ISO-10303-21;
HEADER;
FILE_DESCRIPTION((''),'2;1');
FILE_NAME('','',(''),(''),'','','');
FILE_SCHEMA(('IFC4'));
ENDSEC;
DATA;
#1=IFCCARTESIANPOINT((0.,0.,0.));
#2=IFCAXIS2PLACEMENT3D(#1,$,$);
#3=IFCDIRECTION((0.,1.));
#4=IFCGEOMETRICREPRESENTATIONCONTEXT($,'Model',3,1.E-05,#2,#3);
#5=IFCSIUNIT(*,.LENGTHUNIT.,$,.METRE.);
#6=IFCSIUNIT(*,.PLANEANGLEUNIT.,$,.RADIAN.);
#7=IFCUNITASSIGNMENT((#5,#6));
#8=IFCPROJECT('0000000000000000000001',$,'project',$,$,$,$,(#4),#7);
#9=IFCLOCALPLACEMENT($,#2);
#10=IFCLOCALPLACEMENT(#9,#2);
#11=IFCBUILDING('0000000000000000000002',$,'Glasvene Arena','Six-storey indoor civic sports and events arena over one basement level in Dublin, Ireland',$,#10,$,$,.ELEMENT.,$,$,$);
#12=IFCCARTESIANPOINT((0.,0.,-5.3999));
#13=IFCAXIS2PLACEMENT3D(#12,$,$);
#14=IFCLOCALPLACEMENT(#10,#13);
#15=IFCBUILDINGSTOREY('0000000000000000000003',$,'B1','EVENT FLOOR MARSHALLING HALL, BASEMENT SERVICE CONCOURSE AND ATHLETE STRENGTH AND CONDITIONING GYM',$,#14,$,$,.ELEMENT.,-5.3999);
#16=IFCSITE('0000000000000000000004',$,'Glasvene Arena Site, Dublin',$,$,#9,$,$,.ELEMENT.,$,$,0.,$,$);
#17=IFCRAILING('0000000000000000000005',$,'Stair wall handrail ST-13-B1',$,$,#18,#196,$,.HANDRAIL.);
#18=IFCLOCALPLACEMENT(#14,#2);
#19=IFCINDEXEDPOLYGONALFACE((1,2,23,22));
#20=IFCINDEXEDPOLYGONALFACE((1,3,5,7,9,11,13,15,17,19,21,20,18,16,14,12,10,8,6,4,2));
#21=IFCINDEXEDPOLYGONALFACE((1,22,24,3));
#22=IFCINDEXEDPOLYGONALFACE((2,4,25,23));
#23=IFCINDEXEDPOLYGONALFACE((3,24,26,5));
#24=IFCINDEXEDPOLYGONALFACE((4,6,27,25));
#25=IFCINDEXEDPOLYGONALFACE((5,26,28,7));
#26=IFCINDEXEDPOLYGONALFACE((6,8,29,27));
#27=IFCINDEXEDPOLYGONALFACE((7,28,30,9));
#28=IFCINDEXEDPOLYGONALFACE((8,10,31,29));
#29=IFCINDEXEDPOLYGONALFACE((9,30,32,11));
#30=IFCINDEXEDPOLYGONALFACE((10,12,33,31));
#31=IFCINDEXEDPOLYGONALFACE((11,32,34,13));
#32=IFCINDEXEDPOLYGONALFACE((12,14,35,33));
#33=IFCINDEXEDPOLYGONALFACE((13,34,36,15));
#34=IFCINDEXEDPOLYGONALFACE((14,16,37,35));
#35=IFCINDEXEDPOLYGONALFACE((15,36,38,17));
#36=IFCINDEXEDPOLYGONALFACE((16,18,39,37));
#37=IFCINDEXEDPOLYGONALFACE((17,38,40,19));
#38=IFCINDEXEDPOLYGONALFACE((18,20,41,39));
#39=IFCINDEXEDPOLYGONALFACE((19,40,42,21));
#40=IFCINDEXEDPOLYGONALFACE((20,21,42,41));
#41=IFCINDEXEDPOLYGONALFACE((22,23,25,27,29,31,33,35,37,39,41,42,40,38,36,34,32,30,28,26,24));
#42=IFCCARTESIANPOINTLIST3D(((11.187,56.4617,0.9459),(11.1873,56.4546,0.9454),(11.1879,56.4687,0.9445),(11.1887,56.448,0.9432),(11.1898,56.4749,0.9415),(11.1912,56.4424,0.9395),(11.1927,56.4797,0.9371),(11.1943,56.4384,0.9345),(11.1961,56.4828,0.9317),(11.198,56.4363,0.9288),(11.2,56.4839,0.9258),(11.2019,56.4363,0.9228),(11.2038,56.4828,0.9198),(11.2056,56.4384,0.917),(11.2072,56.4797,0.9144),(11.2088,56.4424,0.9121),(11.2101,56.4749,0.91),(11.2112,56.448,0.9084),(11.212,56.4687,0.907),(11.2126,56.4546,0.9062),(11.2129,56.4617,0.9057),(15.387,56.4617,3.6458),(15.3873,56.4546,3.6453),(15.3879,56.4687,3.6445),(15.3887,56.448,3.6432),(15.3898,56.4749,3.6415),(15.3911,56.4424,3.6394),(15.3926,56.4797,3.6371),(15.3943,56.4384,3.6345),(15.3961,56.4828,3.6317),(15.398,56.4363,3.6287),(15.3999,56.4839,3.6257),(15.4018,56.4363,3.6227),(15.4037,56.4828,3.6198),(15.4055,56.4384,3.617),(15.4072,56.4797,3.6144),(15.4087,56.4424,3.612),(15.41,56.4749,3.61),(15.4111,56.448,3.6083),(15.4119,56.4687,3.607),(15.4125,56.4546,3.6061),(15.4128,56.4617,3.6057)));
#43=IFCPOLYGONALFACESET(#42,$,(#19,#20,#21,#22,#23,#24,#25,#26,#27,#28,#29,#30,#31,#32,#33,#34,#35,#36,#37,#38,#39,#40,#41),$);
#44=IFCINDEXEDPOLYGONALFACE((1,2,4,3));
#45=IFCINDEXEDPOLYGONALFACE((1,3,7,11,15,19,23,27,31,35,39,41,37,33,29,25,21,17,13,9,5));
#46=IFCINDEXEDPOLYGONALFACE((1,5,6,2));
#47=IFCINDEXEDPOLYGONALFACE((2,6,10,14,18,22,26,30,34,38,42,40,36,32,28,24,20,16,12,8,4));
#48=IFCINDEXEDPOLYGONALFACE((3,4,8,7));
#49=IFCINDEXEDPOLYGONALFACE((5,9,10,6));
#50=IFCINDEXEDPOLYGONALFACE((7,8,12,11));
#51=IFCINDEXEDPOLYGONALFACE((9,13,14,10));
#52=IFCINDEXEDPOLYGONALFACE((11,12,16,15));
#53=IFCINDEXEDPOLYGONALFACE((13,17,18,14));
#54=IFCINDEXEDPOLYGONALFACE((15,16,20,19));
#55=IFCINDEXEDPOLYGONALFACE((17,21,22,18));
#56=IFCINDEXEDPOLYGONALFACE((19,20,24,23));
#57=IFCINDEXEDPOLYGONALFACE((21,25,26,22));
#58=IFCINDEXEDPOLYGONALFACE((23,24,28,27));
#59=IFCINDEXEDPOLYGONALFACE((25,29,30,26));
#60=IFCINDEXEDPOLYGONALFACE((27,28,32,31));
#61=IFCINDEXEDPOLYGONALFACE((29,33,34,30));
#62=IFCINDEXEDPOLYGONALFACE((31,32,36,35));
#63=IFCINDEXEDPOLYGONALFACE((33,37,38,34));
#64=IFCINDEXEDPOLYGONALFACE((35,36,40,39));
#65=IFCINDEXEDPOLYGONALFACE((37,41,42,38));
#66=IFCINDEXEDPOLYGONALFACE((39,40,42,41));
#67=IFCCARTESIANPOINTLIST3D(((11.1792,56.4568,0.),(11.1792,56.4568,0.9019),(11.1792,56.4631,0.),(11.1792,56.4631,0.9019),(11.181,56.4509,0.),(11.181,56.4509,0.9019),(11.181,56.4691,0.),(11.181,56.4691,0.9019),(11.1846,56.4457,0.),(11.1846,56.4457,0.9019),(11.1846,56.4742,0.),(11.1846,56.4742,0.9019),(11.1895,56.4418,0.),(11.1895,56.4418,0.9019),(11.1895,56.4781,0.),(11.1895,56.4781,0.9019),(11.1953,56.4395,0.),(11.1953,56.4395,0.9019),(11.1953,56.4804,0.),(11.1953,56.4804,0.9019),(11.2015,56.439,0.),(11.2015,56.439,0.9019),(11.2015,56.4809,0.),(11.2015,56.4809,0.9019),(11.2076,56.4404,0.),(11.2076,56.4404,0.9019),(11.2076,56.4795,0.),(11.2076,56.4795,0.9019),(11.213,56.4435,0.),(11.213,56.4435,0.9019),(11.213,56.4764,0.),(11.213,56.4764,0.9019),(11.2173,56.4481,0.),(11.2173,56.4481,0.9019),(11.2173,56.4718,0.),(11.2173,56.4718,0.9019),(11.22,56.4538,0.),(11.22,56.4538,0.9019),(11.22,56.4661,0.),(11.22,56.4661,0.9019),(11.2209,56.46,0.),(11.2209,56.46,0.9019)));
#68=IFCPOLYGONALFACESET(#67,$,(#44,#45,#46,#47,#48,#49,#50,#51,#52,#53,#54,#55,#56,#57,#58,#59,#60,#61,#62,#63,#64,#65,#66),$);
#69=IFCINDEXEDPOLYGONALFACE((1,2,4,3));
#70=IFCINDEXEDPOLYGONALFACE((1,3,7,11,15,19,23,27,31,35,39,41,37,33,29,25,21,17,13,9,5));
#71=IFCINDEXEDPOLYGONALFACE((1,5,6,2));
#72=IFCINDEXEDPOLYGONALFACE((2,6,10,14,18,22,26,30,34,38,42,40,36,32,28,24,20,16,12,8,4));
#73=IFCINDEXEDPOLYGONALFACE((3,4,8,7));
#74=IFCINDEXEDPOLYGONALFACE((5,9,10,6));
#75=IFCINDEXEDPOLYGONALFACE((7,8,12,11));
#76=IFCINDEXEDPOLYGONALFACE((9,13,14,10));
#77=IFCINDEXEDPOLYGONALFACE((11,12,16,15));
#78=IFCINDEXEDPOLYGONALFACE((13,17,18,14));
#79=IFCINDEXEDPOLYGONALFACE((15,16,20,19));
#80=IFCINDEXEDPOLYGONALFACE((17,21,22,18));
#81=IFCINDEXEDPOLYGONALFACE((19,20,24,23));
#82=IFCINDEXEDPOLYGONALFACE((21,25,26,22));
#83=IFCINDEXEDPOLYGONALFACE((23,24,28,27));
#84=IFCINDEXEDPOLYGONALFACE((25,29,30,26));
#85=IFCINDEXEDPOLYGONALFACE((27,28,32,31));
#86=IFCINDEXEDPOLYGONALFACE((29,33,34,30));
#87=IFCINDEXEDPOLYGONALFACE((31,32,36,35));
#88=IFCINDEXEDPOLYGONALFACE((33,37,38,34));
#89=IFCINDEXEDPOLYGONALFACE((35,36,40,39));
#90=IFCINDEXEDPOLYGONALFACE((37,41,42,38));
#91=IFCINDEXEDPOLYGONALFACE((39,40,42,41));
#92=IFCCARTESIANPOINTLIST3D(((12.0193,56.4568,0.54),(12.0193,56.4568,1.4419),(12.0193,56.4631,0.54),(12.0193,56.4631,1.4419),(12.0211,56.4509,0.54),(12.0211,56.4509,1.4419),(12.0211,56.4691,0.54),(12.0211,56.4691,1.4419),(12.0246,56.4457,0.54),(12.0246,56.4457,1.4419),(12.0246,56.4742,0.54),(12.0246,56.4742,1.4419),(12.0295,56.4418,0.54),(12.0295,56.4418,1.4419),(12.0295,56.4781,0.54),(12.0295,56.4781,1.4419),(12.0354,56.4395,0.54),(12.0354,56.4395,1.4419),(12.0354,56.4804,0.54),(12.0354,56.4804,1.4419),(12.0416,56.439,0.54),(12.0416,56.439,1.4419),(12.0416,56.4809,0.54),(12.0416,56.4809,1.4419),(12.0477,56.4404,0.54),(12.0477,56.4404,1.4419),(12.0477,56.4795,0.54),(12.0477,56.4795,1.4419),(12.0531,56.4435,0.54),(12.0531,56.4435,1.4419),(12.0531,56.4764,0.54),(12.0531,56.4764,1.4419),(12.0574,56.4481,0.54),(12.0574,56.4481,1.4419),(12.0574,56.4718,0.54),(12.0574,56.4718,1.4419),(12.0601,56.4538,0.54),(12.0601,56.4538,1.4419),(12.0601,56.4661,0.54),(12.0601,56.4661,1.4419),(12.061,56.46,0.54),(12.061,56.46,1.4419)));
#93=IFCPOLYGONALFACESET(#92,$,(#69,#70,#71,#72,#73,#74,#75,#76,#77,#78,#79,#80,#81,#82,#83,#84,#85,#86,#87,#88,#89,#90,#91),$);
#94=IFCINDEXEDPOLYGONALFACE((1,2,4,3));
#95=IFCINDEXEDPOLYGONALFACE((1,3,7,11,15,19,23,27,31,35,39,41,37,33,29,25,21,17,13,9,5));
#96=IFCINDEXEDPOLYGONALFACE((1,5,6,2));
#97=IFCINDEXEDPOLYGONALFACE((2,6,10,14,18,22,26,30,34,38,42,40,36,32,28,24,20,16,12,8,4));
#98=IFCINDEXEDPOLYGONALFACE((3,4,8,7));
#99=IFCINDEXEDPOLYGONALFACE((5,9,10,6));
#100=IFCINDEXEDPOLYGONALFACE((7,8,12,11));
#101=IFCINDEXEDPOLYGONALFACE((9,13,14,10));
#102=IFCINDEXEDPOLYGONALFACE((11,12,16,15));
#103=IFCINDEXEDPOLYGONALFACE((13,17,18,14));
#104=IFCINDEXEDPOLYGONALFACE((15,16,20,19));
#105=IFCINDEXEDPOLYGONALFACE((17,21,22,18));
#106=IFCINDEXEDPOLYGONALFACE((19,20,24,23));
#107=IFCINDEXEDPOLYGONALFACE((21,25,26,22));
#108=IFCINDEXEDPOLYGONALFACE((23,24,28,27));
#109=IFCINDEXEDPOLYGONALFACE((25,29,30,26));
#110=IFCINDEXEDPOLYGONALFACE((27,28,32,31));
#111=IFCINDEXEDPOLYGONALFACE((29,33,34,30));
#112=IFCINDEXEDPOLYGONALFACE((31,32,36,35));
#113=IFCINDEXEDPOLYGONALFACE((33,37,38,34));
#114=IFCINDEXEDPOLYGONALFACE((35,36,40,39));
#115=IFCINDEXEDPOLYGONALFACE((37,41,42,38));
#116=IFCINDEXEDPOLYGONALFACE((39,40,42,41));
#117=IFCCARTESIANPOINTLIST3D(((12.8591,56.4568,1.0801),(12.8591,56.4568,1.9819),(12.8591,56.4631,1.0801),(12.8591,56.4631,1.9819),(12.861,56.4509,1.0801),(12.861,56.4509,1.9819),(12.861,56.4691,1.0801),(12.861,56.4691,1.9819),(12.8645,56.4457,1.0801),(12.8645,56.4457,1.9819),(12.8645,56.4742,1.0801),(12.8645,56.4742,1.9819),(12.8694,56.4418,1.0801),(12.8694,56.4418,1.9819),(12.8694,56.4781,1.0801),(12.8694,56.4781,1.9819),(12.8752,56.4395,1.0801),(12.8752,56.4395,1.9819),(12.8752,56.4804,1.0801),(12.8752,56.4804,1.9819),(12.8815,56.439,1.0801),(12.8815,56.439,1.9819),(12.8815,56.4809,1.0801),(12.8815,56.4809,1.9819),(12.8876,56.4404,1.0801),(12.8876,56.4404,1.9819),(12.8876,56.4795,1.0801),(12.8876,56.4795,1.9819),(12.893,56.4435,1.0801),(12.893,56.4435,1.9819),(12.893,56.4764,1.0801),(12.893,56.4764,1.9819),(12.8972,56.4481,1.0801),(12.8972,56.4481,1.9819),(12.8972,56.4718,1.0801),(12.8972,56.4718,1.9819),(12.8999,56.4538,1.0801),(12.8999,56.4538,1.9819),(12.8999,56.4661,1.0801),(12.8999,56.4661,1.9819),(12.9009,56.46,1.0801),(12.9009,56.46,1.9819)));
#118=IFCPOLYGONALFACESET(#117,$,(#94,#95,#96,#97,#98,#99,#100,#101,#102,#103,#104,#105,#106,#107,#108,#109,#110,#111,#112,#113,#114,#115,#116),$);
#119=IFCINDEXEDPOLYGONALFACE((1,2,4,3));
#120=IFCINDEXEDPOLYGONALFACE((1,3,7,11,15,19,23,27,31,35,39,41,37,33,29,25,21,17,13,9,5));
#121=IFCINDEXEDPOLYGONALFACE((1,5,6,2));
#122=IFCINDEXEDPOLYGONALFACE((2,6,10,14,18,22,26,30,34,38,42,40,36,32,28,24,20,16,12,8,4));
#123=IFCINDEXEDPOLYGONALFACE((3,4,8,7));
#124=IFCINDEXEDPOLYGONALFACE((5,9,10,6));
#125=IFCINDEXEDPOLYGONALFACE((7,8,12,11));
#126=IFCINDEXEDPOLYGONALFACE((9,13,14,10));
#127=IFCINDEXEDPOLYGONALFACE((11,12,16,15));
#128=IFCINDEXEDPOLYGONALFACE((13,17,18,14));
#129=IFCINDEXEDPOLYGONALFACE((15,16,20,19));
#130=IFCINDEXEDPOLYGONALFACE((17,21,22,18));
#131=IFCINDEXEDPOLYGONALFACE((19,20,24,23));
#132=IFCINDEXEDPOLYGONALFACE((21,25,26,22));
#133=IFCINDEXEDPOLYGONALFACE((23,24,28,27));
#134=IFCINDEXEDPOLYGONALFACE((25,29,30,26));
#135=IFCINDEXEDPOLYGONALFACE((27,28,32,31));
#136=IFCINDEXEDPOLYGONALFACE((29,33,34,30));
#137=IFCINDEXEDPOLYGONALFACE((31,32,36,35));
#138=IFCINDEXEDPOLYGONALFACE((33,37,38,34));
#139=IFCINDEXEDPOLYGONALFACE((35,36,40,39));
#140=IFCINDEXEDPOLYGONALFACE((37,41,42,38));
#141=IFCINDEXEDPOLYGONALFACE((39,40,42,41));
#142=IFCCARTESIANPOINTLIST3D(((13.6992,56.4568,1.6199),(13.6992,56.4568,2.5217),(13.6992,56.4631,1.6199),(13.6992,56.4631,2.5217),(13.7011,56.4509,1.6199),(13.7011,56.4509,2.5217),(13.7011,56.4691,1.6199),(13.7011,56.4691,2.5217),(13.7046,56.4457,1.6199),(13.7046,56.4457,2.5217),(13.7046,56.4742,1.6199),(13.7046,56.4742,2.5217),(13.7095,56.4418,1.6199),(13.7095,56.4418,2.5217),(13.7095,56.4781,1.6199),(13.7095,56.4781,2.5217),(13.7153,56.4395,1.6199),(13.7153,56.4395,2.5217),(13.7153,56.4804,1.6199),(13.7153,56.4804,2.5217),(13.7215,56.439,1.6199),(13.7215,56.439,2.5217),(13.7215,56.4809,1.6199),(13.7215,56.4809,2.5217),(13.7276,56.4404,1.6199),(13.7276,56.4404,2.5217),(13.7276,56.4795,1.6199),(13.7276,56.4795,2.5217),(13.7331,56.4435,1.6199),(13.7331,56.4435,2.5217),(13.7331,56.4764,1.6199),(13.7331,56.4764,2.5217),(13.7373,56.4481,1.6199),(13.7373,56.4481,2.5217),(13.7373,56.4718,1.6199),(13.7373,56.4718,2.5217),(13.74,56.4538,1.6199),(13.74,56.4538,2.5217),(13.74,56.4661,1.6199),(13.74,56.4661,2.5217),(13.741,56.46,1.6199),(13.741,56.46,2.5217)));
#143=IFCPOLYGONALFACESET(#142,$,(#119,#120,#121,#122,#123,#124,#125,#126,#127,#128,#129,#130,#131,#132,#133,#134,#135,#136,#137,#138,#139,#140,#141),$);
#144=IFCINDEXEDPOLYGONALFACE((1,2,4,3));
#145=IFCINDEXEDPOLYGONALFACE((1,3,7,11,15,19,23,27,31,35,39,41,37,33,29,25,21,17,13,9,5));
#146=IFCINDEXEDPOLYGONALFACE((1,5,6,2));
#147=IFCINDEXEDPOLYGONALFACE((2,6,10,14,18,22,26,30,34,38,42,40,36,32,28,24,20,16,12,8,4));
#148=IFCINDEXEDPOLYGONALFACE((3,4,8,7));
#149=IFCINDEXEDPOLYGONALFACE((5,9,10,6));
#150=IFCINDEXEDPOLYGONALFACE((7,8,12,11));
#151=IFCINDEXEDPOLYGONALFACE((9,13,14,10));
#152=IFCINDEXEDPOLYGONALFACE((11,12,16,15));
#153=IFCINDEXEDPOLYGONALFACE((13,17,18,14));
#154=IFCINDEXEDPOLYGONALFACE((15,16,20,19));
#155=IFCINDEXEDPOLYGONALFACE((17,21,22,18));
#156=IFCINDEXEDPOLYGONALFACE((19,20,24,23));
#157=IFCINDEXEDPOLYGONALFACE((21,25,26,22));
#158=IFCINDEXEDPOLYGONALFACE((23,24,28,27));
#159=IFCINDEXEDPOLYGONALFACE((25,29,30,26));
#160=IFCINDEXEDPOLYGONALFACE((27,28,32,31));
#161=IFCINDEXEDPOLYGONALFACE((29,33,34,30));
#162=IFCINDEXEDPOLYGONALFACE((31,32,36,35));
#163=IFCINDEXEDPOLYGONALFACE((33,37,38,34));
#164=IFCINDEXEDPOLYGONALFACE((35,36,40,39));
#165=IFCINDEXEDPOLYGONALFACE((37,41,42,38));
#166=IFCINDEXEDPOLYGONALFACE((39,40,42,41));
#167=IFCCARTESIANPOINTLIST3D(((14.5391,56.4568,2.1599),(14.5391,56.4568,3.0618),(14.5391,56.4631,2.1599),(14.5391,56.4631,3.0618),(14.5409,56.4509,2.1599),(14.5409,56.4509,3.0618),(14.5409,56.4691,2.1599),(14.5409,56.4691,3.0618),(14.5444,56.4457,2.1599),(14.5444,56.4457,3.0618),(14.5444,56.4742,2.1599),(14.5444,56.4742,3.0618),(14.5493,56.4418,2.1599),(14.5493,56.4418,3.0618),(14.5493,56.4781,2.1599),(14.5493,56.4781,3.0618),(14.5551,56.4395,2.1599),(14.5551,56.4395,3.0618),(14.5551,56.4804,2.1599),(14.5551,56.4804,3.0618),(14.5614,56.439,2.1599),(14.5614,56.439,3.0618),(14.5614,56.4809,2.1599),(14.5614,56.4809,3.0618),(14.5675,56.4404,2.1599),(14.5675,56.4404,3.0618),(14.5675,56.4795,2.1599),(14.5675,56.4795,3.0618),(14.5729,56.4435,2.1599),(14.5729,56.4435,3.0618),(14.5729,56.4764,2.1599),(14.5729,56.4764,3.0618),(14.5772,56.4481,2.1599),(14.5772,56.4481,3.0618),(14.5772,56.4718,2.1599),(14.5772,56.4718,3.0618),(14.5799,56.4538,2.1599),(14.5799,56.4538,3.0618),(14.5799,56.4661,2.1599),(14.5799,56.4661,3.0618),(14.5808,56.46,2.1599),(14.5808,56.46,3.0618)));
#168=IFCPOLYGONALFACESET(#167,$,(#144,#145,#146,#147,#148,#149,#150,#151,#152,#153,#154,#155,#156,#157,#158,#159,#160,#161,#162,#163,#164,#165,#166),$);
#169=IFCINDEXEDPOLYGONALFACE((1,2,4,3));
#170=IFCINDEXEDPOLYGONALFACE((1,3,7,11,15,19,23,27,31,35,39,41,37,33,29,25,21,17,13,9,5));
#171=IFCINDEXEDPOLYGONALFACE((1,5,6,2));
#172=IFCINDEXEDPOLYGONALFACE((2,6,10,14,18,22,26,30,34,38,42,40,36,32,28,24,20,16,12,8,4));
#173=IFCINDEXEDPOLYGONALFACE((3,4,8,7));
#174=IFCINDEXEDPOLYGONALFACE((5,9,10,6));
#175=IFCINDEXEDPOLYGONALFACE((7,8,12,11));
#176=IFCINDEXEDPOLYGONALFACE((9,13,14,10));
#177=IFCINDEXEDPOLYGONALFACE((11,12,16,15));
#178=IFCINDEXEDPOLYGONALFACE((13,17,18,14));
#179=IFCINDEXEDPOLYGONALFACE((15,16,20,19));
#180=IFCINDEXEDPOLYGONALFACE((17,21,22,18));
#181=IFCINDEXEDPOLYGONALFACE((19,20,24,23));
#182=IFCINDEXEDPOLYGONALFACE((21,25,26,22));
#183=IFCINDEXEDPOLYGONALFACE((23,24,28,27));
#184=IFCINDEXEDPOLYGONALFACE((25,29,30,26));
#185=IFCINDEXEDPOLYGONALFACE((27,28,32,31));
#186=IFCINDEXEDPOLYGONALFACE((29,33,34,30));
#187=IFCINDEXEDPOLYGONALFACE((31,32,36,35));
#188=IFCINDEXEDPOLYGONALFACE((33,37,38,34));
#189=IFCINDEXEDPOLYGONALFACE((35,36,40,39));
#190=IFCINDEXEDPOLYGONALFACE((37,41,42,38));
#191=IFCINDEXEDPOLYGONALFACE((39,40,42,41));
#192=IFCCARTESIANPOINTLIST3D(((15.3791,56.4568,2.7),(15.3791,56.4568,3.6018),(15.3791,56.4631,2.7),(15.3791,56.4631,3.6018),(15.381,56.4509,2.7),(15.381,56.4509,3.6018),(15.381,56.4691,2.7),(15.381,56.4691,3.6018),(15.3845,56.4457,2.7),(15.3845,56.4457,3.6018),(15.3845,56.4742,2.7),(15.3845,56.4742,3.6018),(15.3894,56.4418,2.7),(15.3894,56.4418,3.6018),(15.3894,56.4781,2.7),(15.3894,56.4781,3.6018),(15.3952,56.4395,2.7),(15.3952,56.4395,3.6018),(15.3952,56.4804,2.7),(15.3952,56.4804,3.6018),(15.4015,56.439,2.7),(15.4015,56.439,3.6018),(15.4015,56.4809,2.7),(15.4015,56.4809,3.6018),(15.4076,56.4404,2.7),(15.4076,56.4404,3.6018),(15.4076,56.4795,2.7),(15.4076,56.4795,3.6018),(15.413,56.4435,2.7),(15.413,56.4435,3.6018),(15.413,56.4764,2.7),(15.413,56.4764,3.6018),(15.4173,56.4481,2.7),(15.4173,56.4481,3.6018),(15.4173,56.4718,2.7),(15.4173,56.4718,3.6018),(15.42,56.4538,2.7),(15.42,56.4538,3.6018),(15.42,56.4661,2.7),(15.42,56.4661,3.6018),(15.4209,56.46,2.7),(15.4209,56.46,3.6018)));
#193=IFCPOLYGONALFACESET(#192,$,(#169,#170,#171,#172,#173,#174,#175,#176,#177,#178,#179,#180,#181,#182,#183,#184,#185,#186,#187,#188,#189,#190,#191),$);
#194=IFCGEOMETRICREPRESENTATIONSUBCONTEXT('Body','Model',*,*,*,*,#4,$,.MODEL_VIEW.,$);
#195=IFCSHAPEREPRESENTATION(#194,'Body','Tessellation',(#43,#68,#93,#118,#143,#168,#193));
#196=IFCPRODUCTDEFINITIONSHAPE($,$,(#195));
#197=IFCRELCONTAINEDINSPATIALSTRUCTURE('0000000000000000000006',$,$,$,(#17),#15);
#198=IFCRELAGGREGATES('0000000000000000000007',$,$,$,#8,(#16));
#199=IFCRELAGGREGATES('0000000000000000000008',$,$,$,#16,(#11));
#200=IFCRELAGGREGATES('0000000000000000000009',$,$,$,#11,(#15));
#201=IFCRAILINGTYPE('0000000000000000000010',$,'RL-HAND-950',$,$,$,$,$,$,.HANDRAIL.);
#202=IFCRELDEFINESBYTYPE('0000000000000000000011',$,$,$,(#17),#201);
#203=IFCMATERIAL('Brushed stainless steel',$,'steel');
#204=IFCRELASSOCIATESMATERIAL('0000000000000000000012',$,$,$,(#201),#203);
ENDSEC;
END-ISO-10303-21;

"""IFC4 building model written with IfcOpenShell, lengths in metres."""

from ifc_helpers import new_model, si_unit, direction, frame, origin, origin_2d, place, context, subcontext, project, spatial, circle, extrude, material, type_object, element, save


model = new_model("IFC4")

# Units and contexts
model_context = context("Model", 3, precision=1e-05, world=origin(), true_north=direction((0.0, 1.0)))
body_context = subcontext(model_context, "Body", "Model", "MODEL_VIEW")
ifc_project = project(units=[si_unit("LENGTHUNIT", "METRE"), si_unit("PLANEANGLEUNIT", "RADIAN")], contexts=[model_context])

# Site, building, storey
site_placement = place(None, origin())
site = spatial("IfcSite", under=ifc_project, at=site_placement, Name="Glasvene Arena Site, Dublin", CompositionType="ELEMENT", RefElevation=0.0)
building_placement = place(site_placement, origin())
building = spatial("IfcBuilding", under=site, at=building_placement, Name="Glasvene Arena", Description="Six-storey indoor civic sports and events arena over one basement level in Dublin, Ireland", CompositionType="ELEMENT")
storey_placement = place(building_placement, frame((0.0, 0.0, -5.3999)))
storey = spatial("IfcBuildingStorey", under=building, at=storey_placement, Name="B1", Description="EVENT FLOOR MARSHALLING HALL, BASEMENT SERVICE CONCOURSE AND ATHLETE STRENGTH AND CONDITIONING GYM", CompositionType="ELEMENT", Elevation=-5.3999)

# Railing
ifc_material_1 = material(Name="Brushed stainless steel", Category="steel")
railing_type_1 = type_object("IfcRailingType", Name="RL-HAND-950", PredefinedType="HANDRAIL", material=ifc_material_1)
railing_1_placement = place(storey_placement, frame((11.2, 56.46, 0.0)))
element("IfcRailing", 1, at=railing_1_placement, inside=storey, type_object=railing_type_1, Name="Stair wall handrail ST-13-B1", PredefinedType="HANDRAIL", context=body_context, shape_type="SweptSolid", body=[
    extrude(circle(Radius=0.0239, at=origin_2d()), frame((0.0, 0.0, 0.9258), z_axis=(0.84118, 0.0, 0.540755), x_axis=(0.0, 1.0, 0.0)), (0.0, 0.0, 1.0), 4.9929),
    extrude(circle(Radius=0.021, at=origin_2d()), origin(), (0.0, 0.0, 1.0), 0.9019),
    extrude(circle(Radius=0.021, at=origin_2d()), frame((0.8401, 0.0, 0.54)), (0.0, 0.0, 1.0), 0.9019),
    extrude(circle(Radius=0.021, at=origin_2d()), frame((1.6799, 0.0, 1.0801)), (0.0, 0.0, 1.0), 0.9019),
    extrude(circle(Radius=0.021, at=origin_2d()), frame((2.52, 0.0, 1.6199)), (0.0, 0.0, 1.0), 0.9019),
    extrude(circle(Radius=0.021, at=origin_2d()), frame((3.3599, 0.0, 2.1599)), (0.0, 0.0, 1.0), 0.9019),
    extrude(circle(Radius=0.021, at=origin_2d()), frame((4.2, 0.0, 2.7)), (0.0, 0.0, 1.0), 0.9019),
])

save(model, "model.ifc")
